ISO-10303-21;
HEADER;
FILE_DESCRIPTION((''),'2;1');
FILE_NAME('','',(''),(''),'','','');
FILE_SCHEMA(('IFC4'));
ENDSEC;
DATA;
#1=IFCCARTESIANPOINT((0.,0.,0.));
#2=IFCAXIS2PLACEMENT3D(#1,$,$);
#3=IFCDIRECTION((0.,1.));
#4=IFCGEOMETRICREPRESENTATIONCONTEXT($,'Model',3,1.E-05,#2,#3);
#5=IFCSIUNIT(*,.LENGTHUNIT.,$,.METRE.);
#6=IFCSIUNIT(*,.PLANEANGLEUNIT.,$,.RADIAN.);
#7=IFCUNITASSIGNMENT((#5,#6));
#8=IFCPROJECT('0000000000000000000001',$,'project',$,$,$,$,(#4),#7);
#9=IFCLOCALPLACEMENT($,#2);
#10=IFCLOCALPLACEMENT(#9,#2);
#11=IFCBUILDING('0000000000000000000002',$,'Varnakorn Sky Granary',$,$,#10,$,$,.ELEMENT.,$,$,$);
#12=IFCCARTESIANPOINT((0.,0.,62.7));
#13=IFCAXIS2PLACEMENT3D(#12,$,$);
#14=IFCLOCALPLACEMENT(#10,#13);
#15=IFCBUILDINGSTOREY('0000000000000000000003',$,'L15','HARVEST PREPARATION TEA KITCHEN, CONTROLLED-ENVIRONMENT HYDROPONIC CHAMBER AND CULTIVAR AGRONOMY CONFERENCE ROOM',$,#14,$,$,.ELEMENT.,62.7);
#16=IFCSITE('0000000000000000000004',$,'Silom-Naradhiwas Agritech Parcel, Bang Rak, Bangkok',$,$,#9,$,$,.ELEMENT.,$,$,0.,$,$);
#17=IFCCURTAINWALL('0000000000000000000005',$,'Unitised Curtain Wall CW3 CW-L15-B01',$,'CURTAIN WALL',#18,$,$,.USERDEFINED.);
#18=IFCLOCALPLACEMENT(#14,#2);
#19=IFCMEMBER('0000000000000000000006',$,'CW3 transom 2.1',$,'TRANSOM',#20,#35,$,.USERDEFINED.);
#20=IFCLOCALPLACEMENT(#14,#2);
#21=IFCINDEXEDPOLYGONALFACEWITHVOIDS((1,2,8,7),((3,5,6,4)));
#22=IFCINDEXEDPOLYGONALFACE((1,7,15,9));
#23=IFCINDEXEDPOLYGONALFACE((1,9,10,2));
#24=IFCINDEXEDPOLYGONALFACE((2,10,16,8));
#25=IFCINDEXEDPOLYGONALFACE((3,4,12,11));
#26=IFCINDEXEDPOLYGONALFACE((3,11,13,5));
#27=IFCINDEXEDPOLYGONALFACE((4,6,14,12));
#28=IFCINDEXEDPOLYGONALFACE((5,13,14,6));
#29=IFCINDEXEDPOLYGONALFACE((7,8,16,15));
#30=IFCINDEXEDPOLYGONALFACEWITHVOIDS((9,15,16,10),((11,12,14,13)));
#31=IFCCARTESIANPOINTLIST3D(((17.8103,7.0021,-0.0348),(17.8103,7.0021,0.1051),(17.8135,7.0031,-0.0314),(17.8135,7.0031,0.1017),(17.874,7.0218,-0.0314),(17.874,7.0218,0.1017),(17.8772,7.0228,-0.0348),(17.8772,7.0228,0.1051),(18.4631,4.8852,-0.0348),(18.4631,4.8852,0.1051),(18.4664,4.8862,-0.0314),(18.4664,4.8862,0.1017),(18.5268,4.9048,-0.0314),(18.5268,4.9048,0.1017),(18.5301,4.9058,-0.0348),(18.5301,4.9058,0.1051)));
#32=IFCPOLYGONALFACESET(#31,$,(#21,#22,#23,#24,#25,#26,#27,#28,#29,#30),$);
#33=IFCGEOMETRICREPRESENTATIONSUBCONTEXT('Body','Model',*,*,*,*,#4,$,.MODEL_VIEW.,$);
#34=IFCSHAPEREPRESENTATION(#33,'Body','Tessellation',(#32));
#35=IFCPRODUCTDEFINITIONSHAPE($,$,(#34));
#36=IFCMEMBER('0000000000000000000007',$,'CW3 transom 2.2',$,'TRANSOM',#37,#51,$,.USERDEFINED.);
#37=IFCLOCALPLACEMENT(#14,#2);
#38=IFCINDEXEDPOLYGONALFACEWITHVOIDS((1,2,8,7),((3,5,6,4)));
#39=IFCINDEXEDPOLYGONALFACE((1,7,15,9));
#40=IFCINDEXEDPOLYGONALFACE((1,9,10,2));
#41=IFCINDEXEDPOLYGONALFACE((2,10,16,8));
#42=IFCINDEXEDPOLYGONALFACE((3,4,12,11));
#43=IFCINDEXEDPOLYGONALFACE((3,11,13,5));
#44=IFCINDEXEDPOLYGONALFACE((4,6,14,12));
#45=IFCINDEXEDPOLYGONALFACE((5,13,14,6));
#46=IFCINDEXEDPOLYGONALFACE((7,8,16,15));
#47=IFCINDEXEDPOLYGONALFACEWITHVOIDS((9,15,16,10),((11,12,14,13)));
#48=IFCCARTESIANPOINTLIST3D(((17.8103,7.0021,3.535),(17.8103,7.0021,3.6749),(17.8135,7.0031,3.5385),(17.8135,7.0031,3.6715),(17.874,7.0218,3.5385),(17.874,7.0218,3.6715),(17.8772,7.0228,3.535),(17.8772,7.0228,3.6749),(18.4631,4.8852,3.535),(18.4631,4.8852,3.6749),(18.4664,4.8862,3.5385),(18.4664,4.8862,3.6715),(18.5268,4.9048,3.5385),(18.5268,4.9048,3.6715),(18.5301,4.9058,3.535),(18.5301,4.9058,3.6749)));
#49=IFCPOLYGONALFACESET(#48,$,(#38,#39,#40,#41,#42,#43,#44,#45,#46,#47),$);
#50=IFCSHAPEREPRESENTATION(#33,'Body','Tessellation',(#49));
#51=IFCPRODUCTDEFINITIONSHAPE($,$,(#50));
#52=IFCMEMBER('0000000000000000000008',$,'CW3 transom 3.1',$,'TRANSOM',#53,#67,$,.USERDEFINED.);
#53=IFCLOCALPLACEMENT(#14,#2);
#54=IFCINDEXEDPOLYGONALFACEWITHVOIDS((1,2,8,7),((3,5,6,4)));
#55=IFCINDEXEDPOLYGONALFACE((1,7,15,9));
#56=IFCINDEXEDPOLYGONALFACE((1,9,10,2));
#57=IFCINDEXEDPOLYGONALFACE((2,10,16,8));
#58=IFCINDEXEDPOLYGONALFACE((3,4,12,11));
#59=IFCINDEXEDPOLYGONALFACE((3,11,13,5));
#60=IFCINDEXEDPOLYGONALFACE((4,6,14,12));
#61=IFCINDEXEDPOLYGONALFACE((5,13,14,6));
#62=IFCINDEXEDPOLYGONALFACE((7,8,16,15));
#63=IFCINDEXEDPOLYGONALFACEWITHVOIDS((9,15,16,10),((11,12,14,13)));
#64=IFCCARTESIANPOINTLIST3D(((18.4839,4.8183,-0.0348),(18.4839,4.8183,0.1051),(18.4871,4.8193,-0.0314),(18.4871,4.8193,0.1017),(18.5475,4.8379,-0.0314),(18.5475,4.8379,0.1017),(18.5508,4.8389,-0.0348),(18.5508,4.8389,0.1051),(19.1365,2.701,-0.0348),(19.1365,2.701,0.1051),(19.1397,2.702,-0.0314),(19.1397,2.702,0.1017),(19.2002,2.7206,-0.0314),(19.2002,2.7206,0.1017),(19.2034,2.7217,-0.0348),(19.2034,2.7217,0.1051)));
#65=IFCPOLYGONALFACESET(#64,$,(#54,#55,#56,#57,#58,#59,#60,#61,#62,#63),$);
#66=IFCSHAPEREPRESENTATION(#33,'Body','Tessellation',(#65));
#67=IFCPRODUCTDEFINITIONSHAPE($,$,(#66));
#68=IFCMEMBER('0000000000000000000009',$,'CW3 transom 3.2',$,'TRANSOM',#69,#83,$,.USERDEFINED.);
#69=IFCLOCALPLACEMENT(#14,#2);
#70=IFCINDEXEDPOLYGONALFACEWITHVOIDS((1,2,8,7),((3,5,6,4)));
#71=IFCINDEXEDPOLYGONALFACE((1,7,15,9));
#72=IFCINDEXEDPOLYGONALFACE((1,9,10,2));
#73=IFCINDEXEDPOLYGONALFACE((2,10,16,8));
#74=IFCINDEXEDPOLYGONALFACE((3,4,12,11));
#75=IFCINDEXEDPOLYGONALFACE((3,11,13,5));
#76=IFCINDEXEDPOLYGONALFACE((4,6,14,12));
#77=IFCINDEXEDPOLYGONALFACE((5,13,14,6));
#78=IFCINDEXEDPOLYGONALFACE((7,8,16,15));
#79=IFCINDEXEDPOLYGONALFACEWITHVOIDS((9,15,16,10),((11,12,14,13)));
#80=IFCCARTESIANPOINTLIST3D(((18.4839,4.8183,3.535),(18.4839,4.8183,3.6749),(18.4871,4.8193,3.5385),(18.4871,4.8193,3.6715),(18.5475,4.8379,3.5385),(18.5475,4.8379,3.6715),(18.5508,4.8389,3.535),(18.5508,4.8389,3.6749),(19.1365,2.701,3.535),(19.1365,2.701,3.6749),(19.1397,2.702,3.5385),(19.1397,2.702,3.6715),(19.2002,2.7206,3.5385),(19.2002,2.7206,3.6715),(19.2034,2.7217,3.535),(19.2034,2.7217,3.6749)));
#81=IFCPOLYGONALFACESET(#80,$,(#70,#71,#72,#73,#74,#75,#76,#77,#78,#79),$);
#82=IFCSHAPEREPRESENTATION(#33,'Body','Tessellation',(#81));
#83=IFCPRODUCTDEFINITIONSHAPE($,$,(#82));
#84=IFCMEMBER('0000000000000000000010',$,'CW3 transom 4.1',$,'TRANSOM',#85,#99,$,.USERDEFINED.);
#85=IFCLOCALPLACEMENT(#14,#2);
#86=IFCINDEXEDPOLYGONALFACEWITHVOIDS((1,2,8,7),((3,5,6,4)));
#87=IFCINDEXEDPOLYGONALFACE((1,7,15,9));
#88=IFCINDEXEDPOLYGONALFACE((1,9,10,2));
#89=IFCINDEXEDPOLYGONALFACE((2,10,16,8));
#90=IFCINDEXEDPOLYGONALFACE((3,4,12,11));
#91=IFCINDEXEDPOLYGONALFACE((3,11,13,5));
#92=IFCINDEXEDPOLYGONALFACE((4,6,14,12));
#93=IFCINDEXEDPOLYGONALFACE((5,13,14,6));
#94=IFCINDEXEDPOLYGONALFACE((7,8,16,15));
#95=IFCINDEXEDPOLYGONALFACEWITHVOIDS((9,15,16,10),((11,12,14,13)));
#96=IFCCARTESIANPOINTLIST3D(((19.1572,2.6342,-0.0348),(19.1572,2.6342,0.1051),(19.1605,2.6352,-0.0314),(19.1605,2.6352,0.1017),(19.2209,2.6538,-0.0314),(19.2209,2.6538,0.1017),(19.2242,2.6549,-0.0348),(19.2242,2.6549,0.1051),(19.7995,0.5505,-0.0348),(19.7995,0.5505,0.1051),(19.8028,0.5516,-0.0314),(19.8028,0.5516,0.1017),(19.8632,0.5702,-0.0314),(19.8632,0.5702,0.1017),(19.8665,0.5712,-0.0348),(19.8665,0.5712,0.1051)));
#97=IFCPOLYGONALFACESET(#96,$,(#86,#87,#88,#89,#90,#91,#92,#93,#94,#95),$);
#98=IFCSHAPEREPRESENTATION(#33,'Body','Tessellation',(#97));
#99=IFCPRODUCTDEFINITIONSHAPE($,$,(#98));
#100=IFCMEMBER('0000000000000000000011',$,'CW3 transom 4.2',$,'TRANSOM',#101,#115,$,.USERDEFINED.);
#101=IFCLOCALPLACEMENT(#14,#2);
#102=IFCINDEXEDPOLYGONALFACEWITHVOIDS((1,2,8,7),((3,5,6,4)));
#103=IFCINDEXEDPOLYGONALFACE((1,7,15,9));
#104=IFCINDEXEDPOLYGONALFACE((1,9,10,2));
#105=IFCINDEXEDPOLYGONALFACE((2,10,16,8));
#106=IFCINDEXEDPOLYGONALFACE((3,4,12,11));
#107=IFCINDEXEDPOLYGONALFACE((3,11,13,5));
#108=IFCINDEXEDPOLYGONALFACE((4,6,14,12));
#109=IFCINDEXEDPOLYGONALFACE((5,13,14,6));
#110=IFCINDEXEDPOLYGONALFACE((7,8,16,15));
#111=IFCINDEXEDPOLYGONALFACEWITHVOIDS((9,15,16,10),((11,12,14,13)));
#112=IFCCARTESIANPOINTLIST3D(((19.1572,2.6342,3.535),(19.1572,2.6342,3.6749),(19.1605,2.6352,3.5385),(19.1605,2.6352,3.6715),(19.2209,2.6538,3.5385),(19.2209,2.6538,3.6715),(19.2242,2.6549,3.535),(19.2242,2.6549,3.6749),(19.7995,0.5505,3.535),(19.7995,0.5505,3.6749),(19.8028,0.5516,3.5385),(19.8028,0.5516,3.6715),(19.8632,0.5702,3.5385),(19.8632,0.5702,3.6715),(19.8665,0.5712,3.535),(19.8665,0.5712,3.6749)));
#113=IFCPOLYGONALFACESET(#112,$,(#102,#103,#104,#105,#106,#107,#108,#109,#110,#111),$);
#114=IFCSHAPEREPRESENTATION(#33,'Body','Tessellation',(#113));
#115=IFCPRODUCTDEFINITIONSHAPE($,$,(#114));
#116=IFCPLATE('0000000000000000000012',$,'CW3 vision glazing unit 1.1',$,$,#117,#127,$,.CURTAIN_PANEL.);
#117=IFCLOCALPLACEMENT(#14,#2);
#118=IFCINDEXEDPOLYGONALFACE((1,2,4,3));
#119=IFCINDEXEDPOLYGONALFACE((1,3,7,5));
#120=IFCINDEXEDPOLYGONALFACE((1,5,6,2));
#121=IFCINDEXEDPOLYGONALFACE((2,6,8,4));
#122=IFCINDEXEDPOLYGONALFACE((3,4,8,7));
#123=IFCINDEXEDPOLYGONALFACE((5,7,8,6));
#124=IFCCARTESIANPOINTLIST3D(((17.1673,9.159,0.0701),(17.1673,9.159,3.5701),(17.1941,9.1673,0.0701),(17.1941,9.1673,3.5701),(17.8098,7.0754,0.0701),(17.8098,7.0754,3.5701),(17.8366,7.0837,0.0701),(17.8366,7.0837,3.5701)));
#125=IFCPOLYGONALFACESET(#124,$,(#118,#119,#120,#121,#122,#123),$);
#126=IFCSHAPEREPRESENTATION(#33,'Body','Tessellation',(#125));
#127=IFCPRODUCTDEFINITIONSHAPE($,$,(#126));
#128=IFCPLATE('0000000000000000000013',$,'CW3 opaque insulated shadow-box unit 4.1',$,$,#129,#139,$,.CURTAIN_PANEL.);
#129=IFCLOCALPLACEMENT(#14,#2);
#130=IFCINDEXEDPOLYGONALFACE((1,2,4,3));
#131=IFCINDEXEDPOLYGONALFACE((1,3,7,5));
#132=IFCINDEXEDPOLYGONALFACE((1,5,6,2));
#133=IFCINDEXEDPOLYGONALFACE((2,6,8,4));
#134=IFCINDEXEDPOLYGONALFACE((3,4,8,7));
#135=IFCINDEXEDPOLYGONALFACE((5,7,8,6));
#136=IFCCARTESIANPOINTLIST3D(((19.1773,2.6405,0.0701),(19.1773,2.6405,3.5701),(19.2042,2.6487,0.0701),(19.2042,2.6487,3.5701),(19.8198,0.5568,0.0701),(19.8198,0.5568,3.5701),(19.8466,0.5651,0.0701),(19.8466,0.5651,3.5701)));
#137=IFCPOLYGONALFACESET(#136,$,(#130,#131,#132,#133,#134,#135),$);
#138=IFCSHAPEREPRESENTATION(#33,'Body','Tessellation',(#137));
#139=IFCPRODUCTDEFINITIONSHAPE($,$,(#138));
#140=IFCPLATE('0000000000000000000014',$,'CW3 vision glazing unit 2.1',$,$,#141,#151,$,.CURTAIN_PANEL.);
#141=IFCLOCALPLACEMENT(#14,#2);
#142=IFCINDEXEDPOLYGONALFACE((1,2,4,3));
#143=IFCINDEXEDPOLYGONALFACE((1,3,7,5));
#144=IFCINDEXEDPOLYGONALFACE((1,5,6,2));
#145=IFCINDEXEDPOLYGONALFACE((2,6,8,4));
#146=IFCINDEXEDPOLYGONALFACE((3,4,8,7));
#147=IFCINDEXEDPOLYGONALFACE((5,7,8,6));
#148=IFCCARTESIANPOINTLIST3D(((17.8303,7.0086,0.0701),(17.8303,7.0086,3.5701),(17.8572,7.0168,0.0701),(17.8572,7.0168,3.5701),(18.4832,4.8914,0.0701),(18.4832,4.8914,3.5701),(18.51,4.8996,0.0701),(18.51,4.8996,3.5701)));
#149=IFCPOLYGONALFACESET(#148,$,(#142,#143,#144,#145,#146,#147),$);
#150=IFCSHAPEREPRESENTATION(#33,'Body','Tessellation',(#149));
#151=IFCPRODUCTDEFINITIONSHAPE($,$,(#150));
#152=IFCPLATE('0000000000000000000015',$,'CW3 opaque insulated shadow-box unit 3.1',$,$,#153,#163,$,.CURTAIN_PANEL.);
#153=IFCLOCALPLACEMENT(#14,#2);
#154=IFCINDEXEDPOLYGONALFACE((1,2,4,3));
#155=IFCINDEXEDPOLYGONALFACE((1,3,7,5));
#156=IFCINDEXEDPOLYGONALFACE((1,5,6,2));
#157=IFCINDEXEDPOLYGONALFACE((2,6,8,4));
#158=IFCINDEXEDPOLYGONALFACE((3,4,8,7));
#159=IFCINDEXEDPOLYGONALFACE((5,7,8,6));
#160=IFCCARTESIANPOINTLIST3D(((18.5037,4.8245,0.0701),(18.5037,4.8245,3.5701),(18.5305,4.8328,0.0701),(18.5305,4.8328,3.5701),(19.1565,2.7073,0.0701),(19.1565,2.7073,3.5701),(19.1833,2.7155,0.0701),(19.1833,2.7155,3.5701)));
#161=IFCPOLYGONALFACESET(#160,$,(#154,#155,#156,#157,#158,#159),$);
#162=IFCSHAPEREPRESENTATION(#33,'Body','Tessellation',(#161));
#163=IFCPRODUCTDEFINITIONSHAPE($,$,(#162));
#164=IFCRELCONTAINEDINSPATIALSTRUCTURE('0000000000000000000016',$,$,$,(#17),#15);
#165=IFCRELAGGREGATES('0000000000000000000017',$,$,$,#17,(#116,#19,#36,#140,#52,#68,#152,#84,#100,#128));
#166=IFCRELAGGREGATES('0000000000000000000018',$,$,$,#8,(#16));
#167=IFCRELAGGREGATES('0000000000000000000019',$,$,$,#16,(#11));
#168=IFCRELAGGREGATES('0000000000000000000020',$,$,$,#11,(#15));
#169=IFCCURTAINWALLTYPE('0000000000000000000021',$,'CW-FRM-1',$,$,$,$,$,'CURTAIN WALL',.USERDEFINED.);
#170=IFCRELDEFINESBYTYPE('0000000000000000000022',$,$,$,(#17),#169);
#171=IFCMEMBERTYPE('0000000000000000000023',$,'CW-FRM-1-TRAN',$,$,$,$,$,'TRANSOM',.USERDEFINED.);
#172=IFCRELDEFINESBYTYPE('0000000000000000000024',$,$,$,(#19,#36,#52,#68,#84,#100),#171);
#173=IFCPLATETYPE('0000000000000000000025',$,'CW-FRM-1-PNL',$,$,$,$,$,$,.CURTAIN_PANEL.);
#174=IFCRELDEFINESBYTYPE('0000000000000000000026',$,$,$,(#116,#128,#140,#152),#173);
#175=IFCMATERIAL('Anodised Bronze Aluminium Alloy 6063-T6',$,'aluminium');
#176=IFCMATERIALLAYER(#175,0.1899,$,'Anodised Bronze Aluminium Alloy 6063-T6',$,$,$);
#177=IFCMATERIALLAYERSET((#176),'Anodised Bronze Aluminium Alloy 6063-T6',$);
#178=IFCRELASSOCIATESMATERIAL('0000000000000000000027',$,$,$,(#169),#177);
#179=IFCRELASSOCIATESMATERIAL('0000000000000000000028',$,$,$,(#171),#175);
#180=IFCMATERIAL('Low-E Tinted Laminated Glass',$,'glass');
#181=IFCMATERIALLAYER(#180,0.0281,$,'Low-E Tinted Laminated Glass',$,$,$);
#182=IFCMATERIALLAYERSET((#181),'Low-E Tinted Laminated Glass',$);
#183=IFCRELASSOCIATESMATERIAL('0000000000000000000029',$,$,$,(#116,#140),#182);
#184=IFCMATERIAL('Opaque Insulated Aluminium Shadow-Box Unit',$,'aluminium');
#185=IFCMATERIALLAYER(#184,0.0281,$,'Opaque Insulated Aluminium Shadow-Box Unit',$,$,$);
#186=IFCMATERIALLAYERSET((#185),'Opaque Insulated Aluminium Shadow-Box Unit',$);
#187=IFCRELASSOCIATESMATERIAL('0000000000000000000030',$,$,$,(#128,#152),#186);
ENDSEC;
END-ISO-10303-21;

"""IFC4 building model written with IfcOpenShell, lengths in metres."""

from ifc_helpers import new_model, si_unit, direction, frame, origin, origin_2d, place, context, subcontext, project, spatial, rectangle, hollow_rectangle, extrude, source, transform, mapped, material, layer, layer_set, material_profile, profile_set, type_object, type_shapes, element, aggregate, save


model = new_model("IFC4")

# Units and contexts
model_context = context("Model", 3, precision=1e-05, world=origin(), true_north=direction((0.0, 1.0)))
body_context = subcontext(model_context, "Body", "Model", "MODEL_VIEW")
ifc_project = project(units=[si_unit("LENGTHUNIT", "METRE"), si_unit("PLANEANGLEUNIT", "RADIAN")], contexts=[model_context])

# Site, building, storey
site_placement = place(None, origin())
site = spatial("IfcSite", under=ifc_project, at=site_placement, Name="Silom-Naradhiwas Agritech Parcel, Bang Rak, Bangkok", CompositionType="ELEMENT", RefElevation=0.0)
building_placement = place(site_placement, origin())
building = spatial("IfcBuilding", under=site, at=building_placement, Name="Varnakorn Sky Granary", CompositionType="ELEMENT")
storey_placement = place(building_placement, frame((0.0, 0.0, 62.7)))
storey = spatial("IfcBuildingStorey", under=building, at=storey_placement, Name="L15", Description="HARVEST PREPARATION TEA KITCHEN, CONTROLLED-ENVIRONMENT HYDROPONIC CHAMBER AND CULTIVAR AGRONOMY CONFERENCE ROOM", CompositionType="ELEMENT", Elevation=62.7)

# Curtain wall, members, plates
ifc_material_1 = material(Name="Anodised Bronze Aluminium Alloy 6063-T6", Category="aluminium")
ifc_layer_1 = layer(ifc_material_1, 0.1899, Name="Anodised Bronze Aluminium Alloy 6063-T6")
ifc_layer_set_1 = layer_set([ifc_layer_1], Name="Anodised Bronze Aluminium Alloy 6063-T6")
curtain_wall_type = type_object("IfcCurtainWallType", Name="CW-FRM-1", ElementType="CURTAIN WALL", PredefinedType="USERDEFINED", material=ifc_layer_set_1)
curtain_wall_placement = place(storey_placement, origin())
curtain_wall = element("IfcCurtainWall", 1, at=curtain_wall_placement, inside=storey, type_object=curtain_wall_type, Name="Unitised Curtain Wall CW3 CW-L15-B01", ObjectType="CURTAIN WALL", PredefinedType="USERDEFINED")
ifc_material_profile_1 = material_profile(ifc_material_1, hollow_rectangle(XDim=0.0701, YDim=0.1399, WallThickness=0.0034, at=origin_2d()), Name="ALU TRAN 70x140")
ifc_profile_set_1 = profile_set([ifc_material_profile_1], Name="Anodised Bronze Aluminium Alloy 6063-T6")
member_type_1 = type_object("IfcMemberType", Name="CW-FRM-1-TRAN", ElementType="TRANSOM", PredefinedType="USERDEFINED", material=ifc_profile_set_1)
member_1_placement = place(storey_placement, frame((17.8438, 7.0125, 0.0352), z_axis=(0.29469, -0.955593, 0.0), x_axis=(0.955593, 0.29469, 0.0)))
member_1 = element("IfcMember", 2, at=member_1_placement, type_object=member_type_1, Name="CW3 transom 2.1", ObjectType="TRANSOM", PredefinedType="USERDEFINED", context=body_context, shape_type="SweptSolid", body=[
    extrude(hollow_rectangle(XDim=0.0701, YDim=0.1399, WallThickness=0.0034, at=origin_2d()), origin(), (0.0, 0.0, 1.0), 2.2153),
])
member_2_placement = place(storey_placement, frame((17.8438, 7.0125, 3.605), z_axis=(0.29469, -0.955593, 0.0), x_axis=(0.955593, 0.29469, 0.0)))
member_2 = element("IfcMember", 3, at=member_2_placement, type_object=member_type_1, Name="CW3 transom 2.2", ObjectType="TRANSOM", PredefinedType="USERDEFINED", context=body_context, shape_type="SweptSolid", body=[
    extrude(hollow_rectangle(XDim=0.0701, YDim=0.1399, WallThickness=0.0034, at=origin_2d()), origin(), (0.0, 0.0, 1.0), 2.2153),
])
member_3_placement = place(storey_placement, frame((18.5173, 4.8286, 0.0352), z_axis=(0.294558, -0.955634, 0.0), x_axis=(0.955634, 0.294558, 0.0)))
member_3 = element("IfcMember", 4, at=member_3_placement, type_object=member_type_1, Name="CW3 transom 3.1", ObjectType="TRANSOM", PredefinedType="USERDEFINED", context=body_context, shape_type="SweptSolid", body=[
    extrude(hollow_rectangle(XDim=0.0701, YDim=0.1399, WallThickness=0.0034, at=origin_2d()), origin(), (0.0, 0.0, 1.0), 2.2156),
])
member_4_placement = place(storey_placement, frame((18.5173, 4.8286, 3.605), z_axis=(0.294558, -0.955634, 0.0), x_axis=(0.955634, 0.294558, 0.0)))
member_4 = element("IfcMember", 5, at=member_4_placement, type_object=member_type_1, Name="CW3 transom 3.2", ObjectType="TRANSOM", PredefinedType="USERDEFINED", context=body_context, shape_type="SweptSolid", body=[
    extrude(hollow_rectangle(XDim=0.0701, YDim=0.1399, WallThickness=0.0034, at=origin_2d()), origin(), (0.0, 0.0, 1.0), 2.2156),
])
member_5_placement = place(storey_placement, frame((19.1907, 2.6445, 0.0352), z_axis=(0.294581, -0.955626, 0.0), x_axis=(0.955626, 0.294581, 0.0)))
member_5 = element("IfcMember", 6, at=member_5_placement, type_object=member_type_1, Name="CW3 transom 4.1", ObjectType="TRANSOM", PredefinedType="USERDEFINED", context=body_context, shape_type="SweptSolid", body=[
    extrude(hollow_rectangle(XDim=0.0701, YDim=0.1399, WallThickness=0.0034, at=origin_2d()), origin(), (0.0, 0.0, 1.0), 2.1804),
])
member_6_placement = place(storey_placement, frame((19.1907, 2.6445, 3.605), z_axis=(0.294581, -0.955626, 0.0), x_axis=(0.955626, 0.294581, 0.0)))
member_6 = element("IfcMember", 7, at=member_6_placement, type_object=member_type_1, Name="CW3 transom 4.2", ObjectType="TRANSOM", PredefinedType="USERDEFINED", context=body_context, shape_type="SweptSolid", body=[
    extrude(hollow_rectangle(XDim=0.0701, YDim=0.1399, WallThickness=0.0034, at=origin_2d()), origin(), (0.0, 0.0, 1.0), 2.1804),
])
ifc_material_2 = material(Name="Low-E Tinted Laminated Glass", Category="glass")
ifc_layer_2 = layer(ifc_material_2, 0.0281, Name="Low-E Tinted Laminated Glass")
ifc_layer_set_2 = layer_set([ifc_layer_2], Name="Low-E Tinted Laminated Glass")
plate_type = type_object("IfcPlateType", Name="CW-FRM-1-PNL", PredefinedType="CURTAIN_PANEL")
shared_shape_1 = source(origin(), body_context, "Body", "SweptSolid", [
    extrude(rectangle(XDim=2.1804, YDim=0.0281, at=origin_2d()), origin(), (0.0, 0.0, 1.0), 3.5),
])
plate_1_placement = place(storey_placement, frame((17.502, 8.1213, 0.0701), z_axis=(0.0, 0.0, 1.0), x_axis=(0.294645, -0.955607, 0.0)))
plate_1 = element("IfcPlate", 8, at=plate_1_placement, type_object=plate_type, material=ifc_layer_set_2, Name="CW3 vision glazing unit 1.1", PredefinedType="CURTAIN_PANEL", context=body_context, shape_type="MappedRepresentation", body=[
    mapped(shared_shape_1, transform((0.0, 0.0, 0.0), x_axis=(1.0, 0.0, 0.0), y_axis=(0.0, 1.0, 0.0), z_axis=(0.0, 0.0, 1.0), scale=1.0)),
])
ifc_material_3 = material(Name="Opaque Insulated Aluminium Shadow-Box Unit", Category="aluminium")
ifc_layer_3 = layer(ifc_material_3, 0.0281, Name="Opaque Insulated Aluminium Shadow-Box Unit")
ifc_layer_set_3 = layer_set([ifc_layer_3], Name="Opaque Insulated Aluminium Shadow-Box Unit")
plate_2_placement = place(storey_placement, frame((19.512, 1.6028, 0.0701), z_axis=(0.0, 0.0, 1.0), x_axis=(0.294645, -0.955607, 0.0)))
plate_2 = element("IfcPlate", 9, at=plate_2_placement, type_object=plate_type, material=ifc_layer_set_3, Name="CW3 opaque insulated shadow-box unit 4.1", PredefinedType="CURTAIN_PANEL", context=body_context, shape_type="MappedRepresentation", body=[
    mapped(shared_shape_1, transform((0.0, 0.0, 0.0), x_axis=(1.0, 0.0, 0.0), y_axis=(0.0, 1.0, 0.0), z_axis=(0.0, 0.0, 1.0), scale=1.0)),
])
shared_shape_2 = source(origin(), body_context, "Body", "SweptSolid", [
    extrude(rectangle(XDim=2.2156, YDim=0.0281, at=origin_2d()), origin(), (0.0, 0.0, 1.0), 3.5),
])
type_shapes(plate_type, [shared_shape_1, shared_shape_2])
plate_3_placement = place(storey_placement, frame((18.1702, 5.9541, 0.0701), z_axis=(0.0, 0.0, 1.0), x_axis=(0.294645, -0.955607, 0.0)))
plate_3 = element("IfcPlate", 10, at=plate_3_placement, type_object=plate_type, material=ifc_layer_set_2, Name="CW3 vision glazing unit 2.1", PredefinedType="CURTAIN_PANEL", context=body_context, shape_type="MappedRepresentation", body=[
    mapped(shared_shape_2, transform((0.0, 0.0, 0.0), x_axis=(1.0, 0.0, 0.0), y_axis=(0.0, 1.0, 0.0), z_axis=(0.0, 0.0, 1.0), scale=1.0)),
])
plate_4_placement = place(storey_placement, frame((18.8435, 3.77, 0.0701), z_axis=(0.0, 0.0, 1.0), x_axis=(0.294645, -0.955607, 0.0)))
plate_4 = element("IfcPlate", 11, at=plate_4_placement, type_object=plate_type, material=ifc_layer_set_3, Name="CW3 opaque insulated shadow-box unit 3.1", PredefinedType="CURTAIN_PANEL", context=body_context, shape_type="MappedRepresentation", body=[
    mapped(shared_shape_2, transform((0.0, 0.0, 0.0), x_axis=(1.0, 0.0, 0.0), y_axis=(0.0, 1.0, 0.0), z_axis=(0.0, 0.0, 1.0), scale=1.0)),
])
aggregate(curtain_wall, [plate_1, member_1, member_2, plate_3, member_3, member_4, plate_4, member_5, member_6, plate_2])

save(model, "model.ifc")
